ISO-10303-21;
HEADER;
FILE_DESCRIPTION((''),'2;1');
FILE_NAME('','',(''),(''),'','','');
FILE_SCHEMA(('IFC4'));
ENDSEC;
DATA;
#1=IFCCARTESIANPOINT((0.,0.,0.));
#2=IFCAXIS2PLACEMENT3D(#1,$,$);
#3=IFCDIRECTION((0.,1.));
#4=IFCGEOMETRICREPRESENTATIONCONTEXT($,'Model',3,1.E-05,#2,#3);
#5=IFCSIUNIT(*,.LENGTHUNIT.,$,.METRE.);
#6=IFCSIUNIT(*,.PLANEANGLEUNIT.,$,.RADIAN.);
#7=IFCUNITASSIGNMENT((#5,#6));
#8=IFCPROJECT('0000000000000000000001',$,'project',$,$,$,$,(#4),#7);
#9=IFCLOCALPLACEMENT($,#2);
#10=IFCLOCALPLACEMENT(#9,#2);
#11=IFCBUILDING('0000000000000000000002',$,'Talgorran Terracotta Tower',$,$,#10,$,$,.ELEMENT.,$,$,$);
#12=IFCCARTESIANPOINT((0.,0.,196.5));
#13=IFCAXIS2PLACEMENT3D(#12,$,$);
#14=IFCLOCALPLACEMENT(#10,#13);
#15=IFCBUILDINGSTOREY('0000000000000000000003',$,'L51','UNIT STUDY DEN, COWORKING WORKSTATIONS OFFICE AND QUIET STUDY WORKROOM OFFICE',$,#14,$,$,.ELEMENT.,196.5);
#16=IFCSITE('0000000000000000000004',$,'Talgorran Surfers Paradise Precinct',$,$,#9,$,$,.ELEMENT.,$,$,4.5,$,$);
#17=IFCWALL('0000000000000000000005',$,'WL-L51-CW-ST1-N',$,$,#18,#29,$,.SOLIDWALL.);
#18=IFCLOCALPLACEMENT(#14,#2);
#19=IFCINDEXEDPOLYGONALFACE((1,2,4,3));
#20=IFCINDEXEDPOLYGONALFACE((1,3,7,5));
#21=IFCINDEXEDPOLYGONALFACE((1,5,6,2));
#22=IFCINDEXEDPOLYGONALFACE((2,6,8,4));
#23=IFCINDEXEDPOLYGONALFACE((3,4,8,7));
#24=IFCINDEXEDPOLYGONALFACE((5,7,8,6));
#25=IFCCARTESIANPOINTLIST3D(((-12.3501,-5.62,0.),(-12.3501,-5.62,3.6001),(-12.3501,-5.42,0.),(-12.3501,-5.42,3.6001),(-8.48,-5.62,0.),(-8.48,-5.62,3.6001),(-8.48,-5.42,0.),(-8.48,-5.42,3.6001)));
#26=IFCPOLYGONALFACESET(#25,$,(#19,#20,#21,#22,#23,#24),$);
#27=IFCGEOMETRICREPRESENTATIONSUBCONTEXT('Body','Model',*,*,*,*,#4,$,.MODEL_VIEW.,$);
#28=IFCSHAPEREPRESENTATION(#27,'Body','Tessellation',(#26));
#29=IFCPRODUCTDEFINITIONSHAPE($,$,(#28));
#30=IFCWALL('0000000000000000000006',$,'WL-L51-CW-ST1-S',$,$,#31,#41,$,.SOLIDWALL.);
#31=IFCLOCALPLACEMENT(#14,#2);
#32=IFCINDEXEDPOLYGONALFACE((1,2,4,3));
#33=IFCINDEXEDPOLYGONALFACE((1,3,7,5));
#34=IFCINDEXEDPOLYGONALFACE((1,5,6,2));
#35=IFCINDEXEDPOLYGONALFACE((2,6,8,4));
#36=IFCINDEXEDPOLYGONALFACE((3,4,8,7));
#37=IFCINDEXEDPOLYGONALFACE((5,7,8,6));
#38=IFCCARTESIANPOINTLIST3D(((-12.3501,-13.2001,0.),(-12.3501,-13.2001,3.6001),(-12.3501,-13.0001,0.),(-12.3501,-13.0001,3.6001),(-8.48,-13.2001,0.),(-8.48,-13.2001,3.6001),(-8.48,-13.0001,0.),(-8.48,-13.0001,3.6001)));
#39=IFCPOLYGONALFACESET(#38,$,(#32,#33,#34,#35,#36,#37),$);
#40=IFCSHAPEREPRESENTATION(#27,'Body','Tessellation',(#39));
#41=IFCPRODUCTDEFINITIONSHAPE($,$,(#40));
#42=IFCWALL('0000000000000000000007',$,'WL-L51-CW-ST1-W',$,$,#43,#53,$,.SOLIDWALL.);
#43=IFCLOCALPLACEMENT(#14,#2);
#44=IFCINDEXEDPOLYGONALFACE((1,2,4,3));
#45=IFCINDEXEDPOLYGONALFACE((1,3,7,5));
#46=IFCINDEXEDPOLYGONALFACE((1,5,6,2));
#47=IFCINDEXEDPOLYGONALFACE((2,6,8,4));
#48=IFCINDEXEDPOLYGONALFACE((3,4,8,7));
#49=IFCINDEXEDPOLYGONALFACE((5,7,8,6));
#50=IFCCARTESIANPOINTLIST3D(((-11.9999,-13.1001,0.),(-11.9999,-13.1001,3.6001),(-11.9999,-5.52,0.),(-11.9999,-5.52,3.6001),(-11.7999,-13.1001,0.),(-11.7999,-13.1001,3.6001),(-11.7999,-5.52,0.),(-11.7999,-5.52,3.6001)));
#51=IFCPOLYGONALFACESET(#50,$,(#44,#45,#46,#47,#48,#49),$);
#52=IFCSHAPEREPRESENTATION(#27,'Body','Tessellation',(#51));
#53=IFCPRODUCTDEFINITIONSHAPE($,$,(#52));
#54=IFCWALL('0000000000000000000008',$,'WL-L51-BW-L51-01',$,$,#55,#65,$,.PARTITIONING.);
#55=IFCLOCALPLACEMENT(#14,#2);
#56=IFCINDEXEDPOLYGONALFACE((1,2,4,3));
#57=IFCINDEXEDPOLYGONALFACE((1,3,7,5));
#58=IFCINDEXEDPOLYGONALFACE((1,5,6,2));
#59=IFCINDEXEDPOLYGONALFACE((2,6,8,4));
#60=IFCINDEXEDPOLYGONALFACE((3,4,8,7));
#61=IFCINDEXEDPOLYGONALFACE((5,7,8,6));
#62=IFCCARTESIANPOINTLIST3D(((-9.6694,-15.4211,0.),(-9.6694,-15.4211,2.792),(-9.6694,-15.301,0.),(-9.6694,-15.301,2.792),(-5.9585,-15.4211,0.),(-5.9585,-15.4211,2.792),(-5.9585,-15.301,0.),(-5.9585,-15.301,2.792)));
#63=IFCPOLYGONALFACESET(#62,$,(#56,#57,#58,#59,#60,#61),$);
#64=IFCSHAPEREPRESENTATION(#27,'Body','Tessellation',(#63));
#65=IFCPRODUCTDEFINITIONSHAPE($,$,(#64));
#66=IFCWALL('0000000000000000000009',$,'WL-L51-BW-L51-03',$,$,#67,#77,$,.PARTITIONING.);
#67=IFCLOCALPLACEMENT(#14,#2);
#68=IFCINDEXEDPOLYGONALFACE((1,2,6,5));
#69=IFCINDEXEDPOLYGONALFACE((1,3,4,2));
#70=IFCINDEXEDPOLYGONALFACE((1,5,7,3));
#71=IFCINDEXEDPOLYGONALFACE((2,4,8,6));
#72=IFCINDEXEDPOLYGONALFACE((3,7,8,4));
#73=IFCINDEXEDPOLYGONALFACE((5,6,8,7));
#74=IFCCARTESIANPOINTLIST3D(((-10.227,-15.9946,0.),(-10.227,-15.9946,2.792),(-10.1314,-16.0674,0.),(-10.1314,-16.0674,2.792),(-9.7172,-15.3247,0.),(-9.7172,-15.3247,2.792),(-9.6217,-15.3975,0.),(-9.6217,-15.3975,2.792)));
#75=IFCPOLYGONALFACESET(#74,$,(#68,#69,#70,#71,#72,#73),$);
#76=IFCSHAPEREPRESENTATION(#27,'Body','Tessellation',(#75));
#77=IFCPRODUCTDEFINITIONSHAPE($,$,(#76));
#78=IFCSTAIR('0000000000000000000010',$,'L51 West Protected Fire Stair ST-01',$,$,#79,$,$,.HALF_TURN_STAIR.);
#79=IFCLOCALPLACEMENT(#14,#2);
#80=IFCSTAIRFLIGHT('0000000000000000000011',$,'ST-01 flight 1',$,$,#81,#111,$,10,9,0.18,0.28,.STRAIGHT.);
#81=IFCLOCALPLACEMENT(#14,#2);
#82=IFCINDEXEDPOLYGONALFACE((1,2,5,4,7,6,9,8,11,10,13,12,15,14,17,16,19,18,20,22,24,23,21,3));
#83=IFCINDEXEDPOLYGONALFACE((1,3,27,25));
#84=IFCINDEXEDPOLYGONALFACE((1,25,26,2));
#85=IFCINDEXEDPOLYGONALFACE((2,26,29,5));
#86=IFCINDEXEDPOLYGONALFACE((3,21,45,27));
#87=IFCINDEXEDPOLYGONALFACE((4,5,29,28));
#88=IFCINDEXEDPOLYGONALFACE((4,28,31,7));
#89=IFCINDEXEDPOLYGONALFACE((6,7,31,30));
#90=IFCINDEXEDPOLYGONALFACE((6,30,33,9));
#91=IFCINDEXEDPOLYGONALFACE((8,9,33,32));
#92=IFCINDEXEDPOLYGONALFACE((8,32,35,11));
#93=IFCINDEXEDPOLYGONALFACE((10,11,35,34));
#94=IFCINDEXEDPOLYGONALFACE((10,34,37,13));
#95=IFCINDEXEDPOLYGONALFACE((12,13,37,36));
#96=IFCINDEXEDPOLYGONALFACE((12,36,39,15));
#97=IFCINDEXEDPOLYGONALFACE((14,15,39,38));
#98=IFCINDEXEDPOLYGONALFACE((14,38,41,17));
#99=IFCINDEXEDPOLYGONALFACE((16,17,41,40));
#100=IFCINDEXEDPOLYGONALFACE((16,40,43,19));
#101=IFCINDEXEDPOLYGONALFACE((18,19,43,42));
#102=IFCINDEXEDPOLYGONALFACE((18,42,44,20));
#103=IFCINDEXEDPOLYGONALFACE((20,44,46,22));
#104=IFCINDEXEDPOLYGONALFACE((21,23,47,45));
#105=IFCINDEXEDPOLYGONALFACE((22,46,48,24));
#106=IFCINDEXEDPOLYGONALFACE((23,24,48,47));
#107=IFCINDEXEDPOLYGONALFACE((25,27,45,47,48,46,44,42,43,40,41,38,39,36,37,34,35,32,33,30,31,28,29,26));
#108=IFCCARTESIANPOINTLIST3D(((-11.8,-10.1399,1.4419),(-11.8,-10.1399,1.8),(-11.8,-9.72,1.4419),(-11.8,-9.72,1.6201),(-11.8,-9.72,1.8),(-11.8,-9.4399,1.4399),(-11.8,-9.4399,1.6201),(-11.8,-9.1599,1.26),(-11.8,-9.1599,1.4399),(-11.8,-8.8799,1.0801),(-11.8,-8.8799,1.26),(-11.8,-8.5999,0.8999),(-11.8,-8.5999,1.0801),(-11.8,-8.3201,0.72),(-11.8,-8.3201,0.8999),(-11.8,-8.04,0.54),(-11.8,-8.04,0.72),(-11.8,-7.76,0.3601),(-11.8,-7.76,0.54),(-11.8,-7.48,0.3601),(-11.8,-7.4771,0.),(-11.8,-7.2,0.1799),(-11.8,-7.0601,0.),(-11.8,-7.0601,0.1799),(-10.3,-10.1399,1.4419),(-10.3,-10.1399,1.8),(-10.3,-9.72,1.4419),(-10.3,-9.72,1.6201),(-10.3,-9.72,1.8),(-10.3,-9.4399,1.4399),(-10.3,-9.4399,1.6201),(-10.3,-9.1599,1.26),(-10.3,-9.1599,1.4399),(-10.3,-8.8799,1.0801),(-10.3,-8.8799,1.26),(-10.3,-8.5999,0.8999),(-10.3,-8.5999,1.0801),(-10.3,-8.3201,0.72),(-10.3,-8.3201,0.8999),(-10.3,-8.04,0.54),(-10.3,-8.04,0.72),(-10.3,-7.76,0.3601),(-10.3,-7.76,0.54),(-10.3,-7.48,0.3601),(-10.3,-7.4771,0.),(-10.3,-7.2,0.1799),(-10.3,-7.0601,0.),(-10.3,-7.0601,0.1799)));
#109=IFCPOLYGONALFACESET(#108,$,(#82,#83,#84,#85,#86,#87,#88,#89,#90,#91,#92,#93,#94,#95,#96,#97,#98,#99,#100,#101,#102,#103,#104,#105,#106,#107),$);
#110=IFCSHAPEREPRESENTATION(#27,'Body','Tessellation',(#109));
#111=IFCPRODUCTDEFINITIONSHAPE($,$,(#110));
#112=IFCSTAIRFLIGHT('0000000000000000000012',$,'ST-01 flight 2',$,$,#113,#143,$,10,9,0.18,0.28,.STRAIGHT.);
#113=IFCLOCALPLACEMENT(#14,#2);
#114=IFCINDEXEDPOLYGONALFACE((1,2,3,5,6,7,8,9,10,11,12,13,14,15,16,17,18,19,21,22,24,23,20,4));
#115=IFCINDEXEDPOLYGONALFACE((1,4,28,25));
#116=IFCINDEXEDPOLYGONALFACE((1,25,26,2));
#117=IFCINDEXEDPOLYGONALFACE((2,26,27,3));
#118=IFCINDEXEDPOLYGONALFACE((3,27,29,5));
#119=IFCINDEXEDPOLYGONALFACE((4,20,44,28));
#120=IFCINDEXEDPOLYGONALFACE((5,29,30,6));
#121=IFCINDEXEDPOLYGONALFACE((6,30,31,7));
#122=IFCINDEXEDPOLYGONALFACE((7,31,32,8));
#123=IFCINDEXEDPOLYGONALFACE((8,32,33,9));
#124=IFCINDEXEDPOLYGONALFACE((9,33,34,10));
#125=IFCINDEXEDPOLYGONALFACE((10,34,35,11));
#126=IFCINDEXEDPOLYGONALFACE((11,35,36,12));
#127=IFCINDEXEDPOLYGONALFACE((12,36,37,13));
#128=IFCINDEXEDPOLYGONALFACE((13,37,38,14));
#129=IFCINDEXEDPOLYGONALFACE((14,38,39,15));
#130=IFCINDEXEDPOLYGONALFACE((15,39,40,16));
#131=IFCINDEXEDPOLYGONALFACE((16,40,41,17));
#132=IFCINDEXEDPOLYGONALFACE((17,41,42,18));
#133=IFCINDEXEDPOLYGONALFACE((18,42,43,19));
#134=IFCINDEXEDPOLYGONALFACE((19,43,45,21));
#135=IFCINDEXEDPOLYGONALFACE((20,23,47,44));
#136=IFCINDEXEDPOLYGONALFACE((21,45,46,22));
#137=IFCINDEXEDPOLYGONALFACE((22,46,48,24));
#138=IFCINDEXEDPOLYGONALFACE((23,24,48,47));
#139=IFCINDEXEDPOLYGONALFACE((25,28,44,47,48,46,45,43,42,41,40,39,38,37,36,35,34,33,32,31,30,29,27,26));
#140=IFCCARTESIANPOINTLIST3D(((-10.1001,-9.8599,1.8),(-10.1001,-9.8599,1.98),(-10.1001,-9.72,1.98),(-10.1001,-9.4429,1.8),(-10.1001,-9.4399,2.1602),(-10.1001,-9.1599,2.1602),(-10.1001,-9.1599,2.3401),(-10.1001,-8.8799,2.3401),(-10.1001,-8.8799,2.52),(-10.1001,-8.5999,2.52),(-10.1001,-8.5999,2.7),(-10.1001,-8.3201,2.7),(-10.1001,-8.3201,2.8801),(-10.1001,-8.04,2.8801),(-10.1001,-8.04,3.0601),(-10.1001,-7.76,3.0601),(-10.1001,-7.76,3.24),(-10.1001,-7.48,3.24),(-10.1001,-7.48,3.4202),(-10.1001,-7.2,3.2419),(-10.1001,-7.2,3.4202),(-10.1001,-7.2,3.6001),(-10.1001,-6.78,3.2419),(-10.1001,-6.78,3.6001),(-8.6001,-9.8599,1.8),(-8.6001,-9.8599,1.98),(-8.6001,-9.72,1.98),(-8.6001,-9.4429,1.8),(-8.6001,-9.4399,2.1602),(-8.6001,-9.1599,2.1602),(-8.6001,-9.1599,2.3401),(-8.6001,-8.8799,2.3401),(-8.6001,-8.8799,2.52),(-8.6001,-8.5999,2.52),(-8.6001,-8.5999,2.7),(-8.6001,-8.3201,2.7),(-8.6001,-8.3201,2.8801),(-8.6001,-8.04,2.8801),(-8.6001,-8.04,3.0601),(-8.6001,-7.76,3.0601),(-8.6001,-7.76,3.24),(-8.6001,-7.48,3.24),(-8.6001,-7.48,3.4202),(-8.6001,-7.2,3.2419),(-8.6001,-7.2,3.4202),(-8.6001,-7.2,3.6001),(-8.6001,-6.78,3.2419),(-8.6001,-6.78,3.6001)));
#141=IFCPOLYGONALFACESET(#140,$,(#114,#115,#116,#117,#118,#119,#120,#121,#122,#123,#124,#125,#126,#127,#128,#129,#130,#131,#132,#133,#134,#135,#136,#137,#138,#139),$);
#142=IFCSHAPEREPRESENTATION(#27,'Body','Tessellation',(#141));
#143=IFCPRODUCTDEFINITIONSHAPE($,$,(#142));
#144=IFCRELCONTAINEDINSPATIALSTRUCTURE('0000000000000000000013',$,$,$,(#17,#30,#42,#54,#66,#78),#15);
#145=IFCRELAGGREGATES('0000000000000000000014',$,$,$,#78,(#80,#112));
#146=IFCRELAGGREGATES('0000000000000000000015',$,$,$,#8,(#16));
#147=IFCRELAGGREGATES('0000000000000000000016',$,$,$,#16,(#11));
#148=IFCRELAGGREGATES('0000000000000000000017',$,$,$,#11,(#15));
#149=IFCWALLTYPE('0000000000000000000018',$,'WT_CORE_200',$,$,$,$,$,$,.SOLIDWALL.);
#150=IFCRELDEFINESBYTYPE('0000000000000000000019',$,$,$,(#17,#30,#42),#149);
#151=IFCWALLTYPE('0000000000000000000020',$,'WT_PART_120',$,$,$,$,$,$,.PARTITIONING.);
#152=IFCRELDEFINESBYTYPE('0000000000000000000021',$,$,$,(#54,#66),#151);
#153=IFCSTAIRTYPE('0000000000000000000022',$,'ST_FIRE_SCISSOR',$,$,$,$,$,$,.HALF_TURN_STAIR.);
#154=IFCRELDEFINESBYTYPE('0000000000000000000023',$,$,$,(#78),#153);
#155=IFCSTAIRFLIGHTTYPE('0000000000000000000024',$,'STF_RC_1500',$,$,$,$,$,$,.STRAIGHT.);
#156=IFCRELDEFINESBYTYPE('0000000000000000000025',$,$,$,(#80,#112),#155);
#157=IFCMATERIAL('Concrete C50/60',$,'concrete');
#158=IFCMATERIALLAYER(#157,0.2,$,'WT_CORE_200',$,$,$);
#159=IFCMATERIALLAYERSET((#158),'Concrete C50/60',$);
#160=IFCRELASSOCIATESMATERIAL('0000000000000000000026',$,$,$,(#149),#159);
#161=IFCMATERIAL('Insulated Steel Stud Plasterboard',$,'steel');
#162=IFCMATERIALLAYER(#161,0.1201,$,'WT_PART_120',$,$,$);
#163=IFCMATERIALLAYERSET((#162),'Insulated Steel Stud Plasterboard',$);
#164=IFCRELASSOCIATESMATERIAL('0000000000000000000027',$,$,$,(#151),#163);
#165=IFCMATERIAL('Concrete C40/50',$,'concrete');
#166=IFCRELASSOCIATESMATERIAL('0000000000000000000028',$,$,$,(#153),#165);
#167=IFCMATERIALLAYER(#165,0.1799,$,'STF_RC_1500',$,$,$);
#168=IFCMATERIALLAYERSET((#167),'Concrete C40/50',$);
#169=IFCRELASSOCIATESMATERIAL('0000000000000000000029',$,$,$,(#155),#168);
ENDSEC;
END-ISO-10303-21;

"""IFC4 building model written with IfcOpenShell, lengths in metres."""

from ifc_helpers import new_model, si_unit, direction, frame, frame_2d, origin, place, context, subcontext, project, spatial, polyline, rectangle, outline, extrude, material, layer, layer_set, type_object, element, aggregate, save


model = new_model("IFC4")

# Units and contexts
model_context = context("Model", 3, precision=1e-05, world=origin(), true_north=direction((0.0, 1.0)))
body_context = subcontext(model_context, "Body", "Model", "MODEL_VIEW")
ifc_project = project(units=[si_unit("LENGTHUNIT", "METRE"), si_unit("PLANEANGLEUNIT", "RADIAN")], contexts=[model_context])

# Site, building, storey
site_placement = place(None, origin())
site = spatial("IfcSite", under=ifc_project, at=site_placement, Name="Talgorran Surfers Paradise Precinct", CompositionType="ELEMENT", RefElevation=4.5)
building_placement = place(site_placement, origin())
building = spatial("IfcBuilding", under=site, at=building_placement, Name="Talgorran Terracotta Tower", CompositionType="ELEMENT")
storey_placement = place(building_placement, frame((0.0, 0.0, 196.5)))
storey = spatial("IfcBuildingStorey", under=building, at=storey_placement, Name="L51", Description="UNIT STUDY DEN, COWORKING WORKSTATIONS OFFICE AND QUIET STUDY WORKROOM OFFICE", CompositionType="ELEMENT", Elevation=196.5)

# Walls
ifc_material_1 = material(Name="Concrete C50/60", Category="concrete")
ifc_layer_1 = layer(ifc_material_1, 0.2, Name="WT_CORE_200")
ifc_layer_set_1 = layer_set([ifc_layer_1], Name="Concrete C50/60")
wall_type_1 = type_object("IfcWallType", Name="WT_CORE_200", PredefinedType="SOLIDWALL", material=ifc_layer_set_1)
for number, where, z_axis, x_axis, name in (
    (1, (-12.3501, -5.52, 0.0), (0.0, 0.0, 1.0), (1.0, 0.0, 0.0), "WL-L51-CW-ST1-N"),
    (2, (-12.3501, -13.1001, 0.0), (0.0, 0.0, 1.0), (1.0, 0.0, 0.0), "WL-L51-CW-ST1-S"),
):
    element("IfcWall", number, at=place(storey_placement, frame(where, z_axis=z_axis, x_axis=x_axis)), inside=storey, type_object=wall_type_1, Name=name, PredefinedType="SOLIDWALL", context=body_context, shape_type="SweptSolid", body=[
        extrude(rectangle(XDim=3.8701, YDim=0.2, at=frame_2d((1.9351, 0.0))), origin(), (0.0, 0.0, 1.0), 3.6001),
    ])
wall_1_placement = place(storey_placement, frame((-11.8999, -13.1001, 0.0), z_axis=(0.0, 0.0, 1.0), x_axis=(0.0, 1.0, 0.0)))
element("IfcWall", 3, at=wall_1_placement, inside=storey, type_object=wall_type_1, Name="WL-L51-CW-ST1-W", PredefinedType="SOLIDWALL", context=body_context, shape_type="SweptSolid", body=[
    extrude(rectangle(XDim=7.5801, YDim=0.2, at=frame_2d((3.79, 0.0))), origin(), (0.0, 0.0, 1.0), 3.6001),
])
ifc_material_2 = material(Name="Insulated Steel Stud Plasterboard", Category="steel")
ifc_layer_2 = layer(ifc_material_2, 0.1201, Name="WT_PART_120")
ifc_layer_set_2 = layer_set([ifc_layer_2], Name="Insulated Steel Stud Plasterboard")
wall_type_2 = type_object("IfcWallType", Name="WT_PART_120", PredefinedType="PARTITIONING", material=ifc_layer_set_2)
wall_2_placement = place(storey_placement, frame((-9.6694, -15.3611, 0.0), z_axis=(0.0, 0.0, 1.0), x_axis=(1.0, 0.0, 0.0)))
element("IfcWall", 4, at=wall_2_placement, inside=storey, type_object=wall_type_2, Name="WL-L51-BW-L51-01", PredefinedType="PARTITIONING", context=body_context, shape_type="SweptSolid", body=[
    extrude(rectangle(XDim=3.7109, YDim=0.1201, at=frame_2d((1.8555, 0.0))), origin(), (0.0, 0.0, 1.0), 2.792),
])
wall_3_placement = place(storey_placement, frame((-10.1792, -16.031, 0.0), z_axis=(0.0, 0.0, 1.0), x_axis=(0.605554, 0.795804, 0.0)))
element("IfcWall", 5, at=wall_3_placement, inside=storey, type_object=wall_type_2, Name="WL-L51-BW-L51-03", PredefinedType="PARTITIONING", context=body_context, shape_type="SweptSolid", body=[
    extrude(rectangle(XDim=0.8418, YDim=0.1201, at=frame_2d((0.4209, 0.0))), origin(), (0.0, 0.0, 1.0), 2.792),
])

# Stair, stair flights
ifc_material_3 = material(Name="Concrete C40/50", Category="concrete")
stair_type = type_object("IfcStairType", Name="ST_FIRE_SCISSOR", PredefinedType="HALF_TURN_STAIR", material=ifc_material_3)
stair_placement = place(storey_placement, origin())
stair = element("IfcStair", 6, at=stair_placement, inside=storey, type_object=stair_type, Name="L51 West Protected Fire Stair ST-01", PredefinedType="HALF_TURN_STAIR")
ifc_layer_3 = layer(ifc_material_3, 0.1799, Name="STF_RC_1500")
ifc_layer_set_3 = layer_set([ifc_layer_3], Name="Concrete C40/50")
stair_flight_type = type_object("IfcStairFlightType", Name="STF_RC_1500", PredefinedType="STRAIGHT", material=ifc_layer_set_3)
stair_flight_1_placement = place(storey_placement, frame((-11.05, -7.2, 0.0), z_axis=(0.0, 0.0, 1.0), x_axis=(0.0, -1.0, 0.0)))
stair_flight_1 = element("IfcStairFlight", 7, at=stair_flight_1_placement, type_object=stair_flight_type, Name="ST-01 flight 1", NumberOfRisers=10, NumberOfTreads=9, PredefinedType="STRAIGHT", RiserHeight=0.18, TreadLength=0.28, context=body_context, shape_type="SweptSolid", body=[
    extrude(outline(polyline([(-0.1399, 0.0), (-0.1399, 0.1799), (0.0, 0.1799), (0.28, 0.3601), (0.5601, 0.3601), (0.5601, 0.54), (0.8401, 0.54), (0.8401, 0.72), (1.1201, 0.72), (1.1201, 0.8999), (1.3999, 0.8999), (1.3999, 1.0801), (1.6799, 1.0801), (1.6799, 1.26), (1.96, 1.26), (1.96, 1.4399), (2.24, 1.4399), (2.24, 1.6201), (2.52, 1.6201), (2.52, 1.8), (2.9399, 1.8), (2.9399, 1.4419), (2.52, 1.4419), (0.2771, 0.0), (-0.1399, 0.0)])), frame((0.0, 0.75, 0.0), z_axis=(0.0, -1.0, 0.0), x_axis=(1.0, 0.0, 0.0)), (0.0, 0.0, 1.0), 1.5),
])
stair_flight_2_placement = place(storey_placement, frame((-9.3501, -9.72, 1.8), z_axis=(0.0, 0.0, 1.0), x_axis=(0.0, 1.0, 0.0)))
stair_flight_2 = element("IfcStairFlight", 8, at=stair_flight_2_placement, type_object=stair_flight_type, Name="ST-01 flight 2", NumberOfRisers=10, NumberOfTreads=9, PredefinedType="STRAIGHT", RiserHeight=0.18, TreadLength=0.28, context=body_context, shape_type="SweptSolid", body=[
    extrude(outline(polyline([(-0.1399, 0.0), (-0.1399, 0.1799), (0.0, 0.1799), (0.28, 0.3601), (0.5601, 0.3601), (0.5601, 0.54), (0.8401, 0.54), (0.8401, 0.72), (1.1201, 0.72), (1.1201, 0.8999), (1.3999, 0.8999), (1.3999, 1.0801), (1.6799, 1.0801), (1.6799, 1.26), (1.96, 1.26), (1.96, 1.4399), (2.24, 1.4399), (2.24, 1.6201), (2.52, 1.6201), (2.52, 1.8), (2.9399, 1.8), (2.9399, 1.4419), (2.52, 1.4419), (0.2771, 0.0), (-0.1399, 0.0)])), frame((0.0, 0.75, 0.0), z_axis=(0.0, -1.0, 0.0), x_axis=(1.0, 0.0, 0.0)), (0.0, 0.0, 1.0), 1.5),
])
aggregate(stair, [stair_flight_1, stair_flight_2])

save(model, "model.ifc")
